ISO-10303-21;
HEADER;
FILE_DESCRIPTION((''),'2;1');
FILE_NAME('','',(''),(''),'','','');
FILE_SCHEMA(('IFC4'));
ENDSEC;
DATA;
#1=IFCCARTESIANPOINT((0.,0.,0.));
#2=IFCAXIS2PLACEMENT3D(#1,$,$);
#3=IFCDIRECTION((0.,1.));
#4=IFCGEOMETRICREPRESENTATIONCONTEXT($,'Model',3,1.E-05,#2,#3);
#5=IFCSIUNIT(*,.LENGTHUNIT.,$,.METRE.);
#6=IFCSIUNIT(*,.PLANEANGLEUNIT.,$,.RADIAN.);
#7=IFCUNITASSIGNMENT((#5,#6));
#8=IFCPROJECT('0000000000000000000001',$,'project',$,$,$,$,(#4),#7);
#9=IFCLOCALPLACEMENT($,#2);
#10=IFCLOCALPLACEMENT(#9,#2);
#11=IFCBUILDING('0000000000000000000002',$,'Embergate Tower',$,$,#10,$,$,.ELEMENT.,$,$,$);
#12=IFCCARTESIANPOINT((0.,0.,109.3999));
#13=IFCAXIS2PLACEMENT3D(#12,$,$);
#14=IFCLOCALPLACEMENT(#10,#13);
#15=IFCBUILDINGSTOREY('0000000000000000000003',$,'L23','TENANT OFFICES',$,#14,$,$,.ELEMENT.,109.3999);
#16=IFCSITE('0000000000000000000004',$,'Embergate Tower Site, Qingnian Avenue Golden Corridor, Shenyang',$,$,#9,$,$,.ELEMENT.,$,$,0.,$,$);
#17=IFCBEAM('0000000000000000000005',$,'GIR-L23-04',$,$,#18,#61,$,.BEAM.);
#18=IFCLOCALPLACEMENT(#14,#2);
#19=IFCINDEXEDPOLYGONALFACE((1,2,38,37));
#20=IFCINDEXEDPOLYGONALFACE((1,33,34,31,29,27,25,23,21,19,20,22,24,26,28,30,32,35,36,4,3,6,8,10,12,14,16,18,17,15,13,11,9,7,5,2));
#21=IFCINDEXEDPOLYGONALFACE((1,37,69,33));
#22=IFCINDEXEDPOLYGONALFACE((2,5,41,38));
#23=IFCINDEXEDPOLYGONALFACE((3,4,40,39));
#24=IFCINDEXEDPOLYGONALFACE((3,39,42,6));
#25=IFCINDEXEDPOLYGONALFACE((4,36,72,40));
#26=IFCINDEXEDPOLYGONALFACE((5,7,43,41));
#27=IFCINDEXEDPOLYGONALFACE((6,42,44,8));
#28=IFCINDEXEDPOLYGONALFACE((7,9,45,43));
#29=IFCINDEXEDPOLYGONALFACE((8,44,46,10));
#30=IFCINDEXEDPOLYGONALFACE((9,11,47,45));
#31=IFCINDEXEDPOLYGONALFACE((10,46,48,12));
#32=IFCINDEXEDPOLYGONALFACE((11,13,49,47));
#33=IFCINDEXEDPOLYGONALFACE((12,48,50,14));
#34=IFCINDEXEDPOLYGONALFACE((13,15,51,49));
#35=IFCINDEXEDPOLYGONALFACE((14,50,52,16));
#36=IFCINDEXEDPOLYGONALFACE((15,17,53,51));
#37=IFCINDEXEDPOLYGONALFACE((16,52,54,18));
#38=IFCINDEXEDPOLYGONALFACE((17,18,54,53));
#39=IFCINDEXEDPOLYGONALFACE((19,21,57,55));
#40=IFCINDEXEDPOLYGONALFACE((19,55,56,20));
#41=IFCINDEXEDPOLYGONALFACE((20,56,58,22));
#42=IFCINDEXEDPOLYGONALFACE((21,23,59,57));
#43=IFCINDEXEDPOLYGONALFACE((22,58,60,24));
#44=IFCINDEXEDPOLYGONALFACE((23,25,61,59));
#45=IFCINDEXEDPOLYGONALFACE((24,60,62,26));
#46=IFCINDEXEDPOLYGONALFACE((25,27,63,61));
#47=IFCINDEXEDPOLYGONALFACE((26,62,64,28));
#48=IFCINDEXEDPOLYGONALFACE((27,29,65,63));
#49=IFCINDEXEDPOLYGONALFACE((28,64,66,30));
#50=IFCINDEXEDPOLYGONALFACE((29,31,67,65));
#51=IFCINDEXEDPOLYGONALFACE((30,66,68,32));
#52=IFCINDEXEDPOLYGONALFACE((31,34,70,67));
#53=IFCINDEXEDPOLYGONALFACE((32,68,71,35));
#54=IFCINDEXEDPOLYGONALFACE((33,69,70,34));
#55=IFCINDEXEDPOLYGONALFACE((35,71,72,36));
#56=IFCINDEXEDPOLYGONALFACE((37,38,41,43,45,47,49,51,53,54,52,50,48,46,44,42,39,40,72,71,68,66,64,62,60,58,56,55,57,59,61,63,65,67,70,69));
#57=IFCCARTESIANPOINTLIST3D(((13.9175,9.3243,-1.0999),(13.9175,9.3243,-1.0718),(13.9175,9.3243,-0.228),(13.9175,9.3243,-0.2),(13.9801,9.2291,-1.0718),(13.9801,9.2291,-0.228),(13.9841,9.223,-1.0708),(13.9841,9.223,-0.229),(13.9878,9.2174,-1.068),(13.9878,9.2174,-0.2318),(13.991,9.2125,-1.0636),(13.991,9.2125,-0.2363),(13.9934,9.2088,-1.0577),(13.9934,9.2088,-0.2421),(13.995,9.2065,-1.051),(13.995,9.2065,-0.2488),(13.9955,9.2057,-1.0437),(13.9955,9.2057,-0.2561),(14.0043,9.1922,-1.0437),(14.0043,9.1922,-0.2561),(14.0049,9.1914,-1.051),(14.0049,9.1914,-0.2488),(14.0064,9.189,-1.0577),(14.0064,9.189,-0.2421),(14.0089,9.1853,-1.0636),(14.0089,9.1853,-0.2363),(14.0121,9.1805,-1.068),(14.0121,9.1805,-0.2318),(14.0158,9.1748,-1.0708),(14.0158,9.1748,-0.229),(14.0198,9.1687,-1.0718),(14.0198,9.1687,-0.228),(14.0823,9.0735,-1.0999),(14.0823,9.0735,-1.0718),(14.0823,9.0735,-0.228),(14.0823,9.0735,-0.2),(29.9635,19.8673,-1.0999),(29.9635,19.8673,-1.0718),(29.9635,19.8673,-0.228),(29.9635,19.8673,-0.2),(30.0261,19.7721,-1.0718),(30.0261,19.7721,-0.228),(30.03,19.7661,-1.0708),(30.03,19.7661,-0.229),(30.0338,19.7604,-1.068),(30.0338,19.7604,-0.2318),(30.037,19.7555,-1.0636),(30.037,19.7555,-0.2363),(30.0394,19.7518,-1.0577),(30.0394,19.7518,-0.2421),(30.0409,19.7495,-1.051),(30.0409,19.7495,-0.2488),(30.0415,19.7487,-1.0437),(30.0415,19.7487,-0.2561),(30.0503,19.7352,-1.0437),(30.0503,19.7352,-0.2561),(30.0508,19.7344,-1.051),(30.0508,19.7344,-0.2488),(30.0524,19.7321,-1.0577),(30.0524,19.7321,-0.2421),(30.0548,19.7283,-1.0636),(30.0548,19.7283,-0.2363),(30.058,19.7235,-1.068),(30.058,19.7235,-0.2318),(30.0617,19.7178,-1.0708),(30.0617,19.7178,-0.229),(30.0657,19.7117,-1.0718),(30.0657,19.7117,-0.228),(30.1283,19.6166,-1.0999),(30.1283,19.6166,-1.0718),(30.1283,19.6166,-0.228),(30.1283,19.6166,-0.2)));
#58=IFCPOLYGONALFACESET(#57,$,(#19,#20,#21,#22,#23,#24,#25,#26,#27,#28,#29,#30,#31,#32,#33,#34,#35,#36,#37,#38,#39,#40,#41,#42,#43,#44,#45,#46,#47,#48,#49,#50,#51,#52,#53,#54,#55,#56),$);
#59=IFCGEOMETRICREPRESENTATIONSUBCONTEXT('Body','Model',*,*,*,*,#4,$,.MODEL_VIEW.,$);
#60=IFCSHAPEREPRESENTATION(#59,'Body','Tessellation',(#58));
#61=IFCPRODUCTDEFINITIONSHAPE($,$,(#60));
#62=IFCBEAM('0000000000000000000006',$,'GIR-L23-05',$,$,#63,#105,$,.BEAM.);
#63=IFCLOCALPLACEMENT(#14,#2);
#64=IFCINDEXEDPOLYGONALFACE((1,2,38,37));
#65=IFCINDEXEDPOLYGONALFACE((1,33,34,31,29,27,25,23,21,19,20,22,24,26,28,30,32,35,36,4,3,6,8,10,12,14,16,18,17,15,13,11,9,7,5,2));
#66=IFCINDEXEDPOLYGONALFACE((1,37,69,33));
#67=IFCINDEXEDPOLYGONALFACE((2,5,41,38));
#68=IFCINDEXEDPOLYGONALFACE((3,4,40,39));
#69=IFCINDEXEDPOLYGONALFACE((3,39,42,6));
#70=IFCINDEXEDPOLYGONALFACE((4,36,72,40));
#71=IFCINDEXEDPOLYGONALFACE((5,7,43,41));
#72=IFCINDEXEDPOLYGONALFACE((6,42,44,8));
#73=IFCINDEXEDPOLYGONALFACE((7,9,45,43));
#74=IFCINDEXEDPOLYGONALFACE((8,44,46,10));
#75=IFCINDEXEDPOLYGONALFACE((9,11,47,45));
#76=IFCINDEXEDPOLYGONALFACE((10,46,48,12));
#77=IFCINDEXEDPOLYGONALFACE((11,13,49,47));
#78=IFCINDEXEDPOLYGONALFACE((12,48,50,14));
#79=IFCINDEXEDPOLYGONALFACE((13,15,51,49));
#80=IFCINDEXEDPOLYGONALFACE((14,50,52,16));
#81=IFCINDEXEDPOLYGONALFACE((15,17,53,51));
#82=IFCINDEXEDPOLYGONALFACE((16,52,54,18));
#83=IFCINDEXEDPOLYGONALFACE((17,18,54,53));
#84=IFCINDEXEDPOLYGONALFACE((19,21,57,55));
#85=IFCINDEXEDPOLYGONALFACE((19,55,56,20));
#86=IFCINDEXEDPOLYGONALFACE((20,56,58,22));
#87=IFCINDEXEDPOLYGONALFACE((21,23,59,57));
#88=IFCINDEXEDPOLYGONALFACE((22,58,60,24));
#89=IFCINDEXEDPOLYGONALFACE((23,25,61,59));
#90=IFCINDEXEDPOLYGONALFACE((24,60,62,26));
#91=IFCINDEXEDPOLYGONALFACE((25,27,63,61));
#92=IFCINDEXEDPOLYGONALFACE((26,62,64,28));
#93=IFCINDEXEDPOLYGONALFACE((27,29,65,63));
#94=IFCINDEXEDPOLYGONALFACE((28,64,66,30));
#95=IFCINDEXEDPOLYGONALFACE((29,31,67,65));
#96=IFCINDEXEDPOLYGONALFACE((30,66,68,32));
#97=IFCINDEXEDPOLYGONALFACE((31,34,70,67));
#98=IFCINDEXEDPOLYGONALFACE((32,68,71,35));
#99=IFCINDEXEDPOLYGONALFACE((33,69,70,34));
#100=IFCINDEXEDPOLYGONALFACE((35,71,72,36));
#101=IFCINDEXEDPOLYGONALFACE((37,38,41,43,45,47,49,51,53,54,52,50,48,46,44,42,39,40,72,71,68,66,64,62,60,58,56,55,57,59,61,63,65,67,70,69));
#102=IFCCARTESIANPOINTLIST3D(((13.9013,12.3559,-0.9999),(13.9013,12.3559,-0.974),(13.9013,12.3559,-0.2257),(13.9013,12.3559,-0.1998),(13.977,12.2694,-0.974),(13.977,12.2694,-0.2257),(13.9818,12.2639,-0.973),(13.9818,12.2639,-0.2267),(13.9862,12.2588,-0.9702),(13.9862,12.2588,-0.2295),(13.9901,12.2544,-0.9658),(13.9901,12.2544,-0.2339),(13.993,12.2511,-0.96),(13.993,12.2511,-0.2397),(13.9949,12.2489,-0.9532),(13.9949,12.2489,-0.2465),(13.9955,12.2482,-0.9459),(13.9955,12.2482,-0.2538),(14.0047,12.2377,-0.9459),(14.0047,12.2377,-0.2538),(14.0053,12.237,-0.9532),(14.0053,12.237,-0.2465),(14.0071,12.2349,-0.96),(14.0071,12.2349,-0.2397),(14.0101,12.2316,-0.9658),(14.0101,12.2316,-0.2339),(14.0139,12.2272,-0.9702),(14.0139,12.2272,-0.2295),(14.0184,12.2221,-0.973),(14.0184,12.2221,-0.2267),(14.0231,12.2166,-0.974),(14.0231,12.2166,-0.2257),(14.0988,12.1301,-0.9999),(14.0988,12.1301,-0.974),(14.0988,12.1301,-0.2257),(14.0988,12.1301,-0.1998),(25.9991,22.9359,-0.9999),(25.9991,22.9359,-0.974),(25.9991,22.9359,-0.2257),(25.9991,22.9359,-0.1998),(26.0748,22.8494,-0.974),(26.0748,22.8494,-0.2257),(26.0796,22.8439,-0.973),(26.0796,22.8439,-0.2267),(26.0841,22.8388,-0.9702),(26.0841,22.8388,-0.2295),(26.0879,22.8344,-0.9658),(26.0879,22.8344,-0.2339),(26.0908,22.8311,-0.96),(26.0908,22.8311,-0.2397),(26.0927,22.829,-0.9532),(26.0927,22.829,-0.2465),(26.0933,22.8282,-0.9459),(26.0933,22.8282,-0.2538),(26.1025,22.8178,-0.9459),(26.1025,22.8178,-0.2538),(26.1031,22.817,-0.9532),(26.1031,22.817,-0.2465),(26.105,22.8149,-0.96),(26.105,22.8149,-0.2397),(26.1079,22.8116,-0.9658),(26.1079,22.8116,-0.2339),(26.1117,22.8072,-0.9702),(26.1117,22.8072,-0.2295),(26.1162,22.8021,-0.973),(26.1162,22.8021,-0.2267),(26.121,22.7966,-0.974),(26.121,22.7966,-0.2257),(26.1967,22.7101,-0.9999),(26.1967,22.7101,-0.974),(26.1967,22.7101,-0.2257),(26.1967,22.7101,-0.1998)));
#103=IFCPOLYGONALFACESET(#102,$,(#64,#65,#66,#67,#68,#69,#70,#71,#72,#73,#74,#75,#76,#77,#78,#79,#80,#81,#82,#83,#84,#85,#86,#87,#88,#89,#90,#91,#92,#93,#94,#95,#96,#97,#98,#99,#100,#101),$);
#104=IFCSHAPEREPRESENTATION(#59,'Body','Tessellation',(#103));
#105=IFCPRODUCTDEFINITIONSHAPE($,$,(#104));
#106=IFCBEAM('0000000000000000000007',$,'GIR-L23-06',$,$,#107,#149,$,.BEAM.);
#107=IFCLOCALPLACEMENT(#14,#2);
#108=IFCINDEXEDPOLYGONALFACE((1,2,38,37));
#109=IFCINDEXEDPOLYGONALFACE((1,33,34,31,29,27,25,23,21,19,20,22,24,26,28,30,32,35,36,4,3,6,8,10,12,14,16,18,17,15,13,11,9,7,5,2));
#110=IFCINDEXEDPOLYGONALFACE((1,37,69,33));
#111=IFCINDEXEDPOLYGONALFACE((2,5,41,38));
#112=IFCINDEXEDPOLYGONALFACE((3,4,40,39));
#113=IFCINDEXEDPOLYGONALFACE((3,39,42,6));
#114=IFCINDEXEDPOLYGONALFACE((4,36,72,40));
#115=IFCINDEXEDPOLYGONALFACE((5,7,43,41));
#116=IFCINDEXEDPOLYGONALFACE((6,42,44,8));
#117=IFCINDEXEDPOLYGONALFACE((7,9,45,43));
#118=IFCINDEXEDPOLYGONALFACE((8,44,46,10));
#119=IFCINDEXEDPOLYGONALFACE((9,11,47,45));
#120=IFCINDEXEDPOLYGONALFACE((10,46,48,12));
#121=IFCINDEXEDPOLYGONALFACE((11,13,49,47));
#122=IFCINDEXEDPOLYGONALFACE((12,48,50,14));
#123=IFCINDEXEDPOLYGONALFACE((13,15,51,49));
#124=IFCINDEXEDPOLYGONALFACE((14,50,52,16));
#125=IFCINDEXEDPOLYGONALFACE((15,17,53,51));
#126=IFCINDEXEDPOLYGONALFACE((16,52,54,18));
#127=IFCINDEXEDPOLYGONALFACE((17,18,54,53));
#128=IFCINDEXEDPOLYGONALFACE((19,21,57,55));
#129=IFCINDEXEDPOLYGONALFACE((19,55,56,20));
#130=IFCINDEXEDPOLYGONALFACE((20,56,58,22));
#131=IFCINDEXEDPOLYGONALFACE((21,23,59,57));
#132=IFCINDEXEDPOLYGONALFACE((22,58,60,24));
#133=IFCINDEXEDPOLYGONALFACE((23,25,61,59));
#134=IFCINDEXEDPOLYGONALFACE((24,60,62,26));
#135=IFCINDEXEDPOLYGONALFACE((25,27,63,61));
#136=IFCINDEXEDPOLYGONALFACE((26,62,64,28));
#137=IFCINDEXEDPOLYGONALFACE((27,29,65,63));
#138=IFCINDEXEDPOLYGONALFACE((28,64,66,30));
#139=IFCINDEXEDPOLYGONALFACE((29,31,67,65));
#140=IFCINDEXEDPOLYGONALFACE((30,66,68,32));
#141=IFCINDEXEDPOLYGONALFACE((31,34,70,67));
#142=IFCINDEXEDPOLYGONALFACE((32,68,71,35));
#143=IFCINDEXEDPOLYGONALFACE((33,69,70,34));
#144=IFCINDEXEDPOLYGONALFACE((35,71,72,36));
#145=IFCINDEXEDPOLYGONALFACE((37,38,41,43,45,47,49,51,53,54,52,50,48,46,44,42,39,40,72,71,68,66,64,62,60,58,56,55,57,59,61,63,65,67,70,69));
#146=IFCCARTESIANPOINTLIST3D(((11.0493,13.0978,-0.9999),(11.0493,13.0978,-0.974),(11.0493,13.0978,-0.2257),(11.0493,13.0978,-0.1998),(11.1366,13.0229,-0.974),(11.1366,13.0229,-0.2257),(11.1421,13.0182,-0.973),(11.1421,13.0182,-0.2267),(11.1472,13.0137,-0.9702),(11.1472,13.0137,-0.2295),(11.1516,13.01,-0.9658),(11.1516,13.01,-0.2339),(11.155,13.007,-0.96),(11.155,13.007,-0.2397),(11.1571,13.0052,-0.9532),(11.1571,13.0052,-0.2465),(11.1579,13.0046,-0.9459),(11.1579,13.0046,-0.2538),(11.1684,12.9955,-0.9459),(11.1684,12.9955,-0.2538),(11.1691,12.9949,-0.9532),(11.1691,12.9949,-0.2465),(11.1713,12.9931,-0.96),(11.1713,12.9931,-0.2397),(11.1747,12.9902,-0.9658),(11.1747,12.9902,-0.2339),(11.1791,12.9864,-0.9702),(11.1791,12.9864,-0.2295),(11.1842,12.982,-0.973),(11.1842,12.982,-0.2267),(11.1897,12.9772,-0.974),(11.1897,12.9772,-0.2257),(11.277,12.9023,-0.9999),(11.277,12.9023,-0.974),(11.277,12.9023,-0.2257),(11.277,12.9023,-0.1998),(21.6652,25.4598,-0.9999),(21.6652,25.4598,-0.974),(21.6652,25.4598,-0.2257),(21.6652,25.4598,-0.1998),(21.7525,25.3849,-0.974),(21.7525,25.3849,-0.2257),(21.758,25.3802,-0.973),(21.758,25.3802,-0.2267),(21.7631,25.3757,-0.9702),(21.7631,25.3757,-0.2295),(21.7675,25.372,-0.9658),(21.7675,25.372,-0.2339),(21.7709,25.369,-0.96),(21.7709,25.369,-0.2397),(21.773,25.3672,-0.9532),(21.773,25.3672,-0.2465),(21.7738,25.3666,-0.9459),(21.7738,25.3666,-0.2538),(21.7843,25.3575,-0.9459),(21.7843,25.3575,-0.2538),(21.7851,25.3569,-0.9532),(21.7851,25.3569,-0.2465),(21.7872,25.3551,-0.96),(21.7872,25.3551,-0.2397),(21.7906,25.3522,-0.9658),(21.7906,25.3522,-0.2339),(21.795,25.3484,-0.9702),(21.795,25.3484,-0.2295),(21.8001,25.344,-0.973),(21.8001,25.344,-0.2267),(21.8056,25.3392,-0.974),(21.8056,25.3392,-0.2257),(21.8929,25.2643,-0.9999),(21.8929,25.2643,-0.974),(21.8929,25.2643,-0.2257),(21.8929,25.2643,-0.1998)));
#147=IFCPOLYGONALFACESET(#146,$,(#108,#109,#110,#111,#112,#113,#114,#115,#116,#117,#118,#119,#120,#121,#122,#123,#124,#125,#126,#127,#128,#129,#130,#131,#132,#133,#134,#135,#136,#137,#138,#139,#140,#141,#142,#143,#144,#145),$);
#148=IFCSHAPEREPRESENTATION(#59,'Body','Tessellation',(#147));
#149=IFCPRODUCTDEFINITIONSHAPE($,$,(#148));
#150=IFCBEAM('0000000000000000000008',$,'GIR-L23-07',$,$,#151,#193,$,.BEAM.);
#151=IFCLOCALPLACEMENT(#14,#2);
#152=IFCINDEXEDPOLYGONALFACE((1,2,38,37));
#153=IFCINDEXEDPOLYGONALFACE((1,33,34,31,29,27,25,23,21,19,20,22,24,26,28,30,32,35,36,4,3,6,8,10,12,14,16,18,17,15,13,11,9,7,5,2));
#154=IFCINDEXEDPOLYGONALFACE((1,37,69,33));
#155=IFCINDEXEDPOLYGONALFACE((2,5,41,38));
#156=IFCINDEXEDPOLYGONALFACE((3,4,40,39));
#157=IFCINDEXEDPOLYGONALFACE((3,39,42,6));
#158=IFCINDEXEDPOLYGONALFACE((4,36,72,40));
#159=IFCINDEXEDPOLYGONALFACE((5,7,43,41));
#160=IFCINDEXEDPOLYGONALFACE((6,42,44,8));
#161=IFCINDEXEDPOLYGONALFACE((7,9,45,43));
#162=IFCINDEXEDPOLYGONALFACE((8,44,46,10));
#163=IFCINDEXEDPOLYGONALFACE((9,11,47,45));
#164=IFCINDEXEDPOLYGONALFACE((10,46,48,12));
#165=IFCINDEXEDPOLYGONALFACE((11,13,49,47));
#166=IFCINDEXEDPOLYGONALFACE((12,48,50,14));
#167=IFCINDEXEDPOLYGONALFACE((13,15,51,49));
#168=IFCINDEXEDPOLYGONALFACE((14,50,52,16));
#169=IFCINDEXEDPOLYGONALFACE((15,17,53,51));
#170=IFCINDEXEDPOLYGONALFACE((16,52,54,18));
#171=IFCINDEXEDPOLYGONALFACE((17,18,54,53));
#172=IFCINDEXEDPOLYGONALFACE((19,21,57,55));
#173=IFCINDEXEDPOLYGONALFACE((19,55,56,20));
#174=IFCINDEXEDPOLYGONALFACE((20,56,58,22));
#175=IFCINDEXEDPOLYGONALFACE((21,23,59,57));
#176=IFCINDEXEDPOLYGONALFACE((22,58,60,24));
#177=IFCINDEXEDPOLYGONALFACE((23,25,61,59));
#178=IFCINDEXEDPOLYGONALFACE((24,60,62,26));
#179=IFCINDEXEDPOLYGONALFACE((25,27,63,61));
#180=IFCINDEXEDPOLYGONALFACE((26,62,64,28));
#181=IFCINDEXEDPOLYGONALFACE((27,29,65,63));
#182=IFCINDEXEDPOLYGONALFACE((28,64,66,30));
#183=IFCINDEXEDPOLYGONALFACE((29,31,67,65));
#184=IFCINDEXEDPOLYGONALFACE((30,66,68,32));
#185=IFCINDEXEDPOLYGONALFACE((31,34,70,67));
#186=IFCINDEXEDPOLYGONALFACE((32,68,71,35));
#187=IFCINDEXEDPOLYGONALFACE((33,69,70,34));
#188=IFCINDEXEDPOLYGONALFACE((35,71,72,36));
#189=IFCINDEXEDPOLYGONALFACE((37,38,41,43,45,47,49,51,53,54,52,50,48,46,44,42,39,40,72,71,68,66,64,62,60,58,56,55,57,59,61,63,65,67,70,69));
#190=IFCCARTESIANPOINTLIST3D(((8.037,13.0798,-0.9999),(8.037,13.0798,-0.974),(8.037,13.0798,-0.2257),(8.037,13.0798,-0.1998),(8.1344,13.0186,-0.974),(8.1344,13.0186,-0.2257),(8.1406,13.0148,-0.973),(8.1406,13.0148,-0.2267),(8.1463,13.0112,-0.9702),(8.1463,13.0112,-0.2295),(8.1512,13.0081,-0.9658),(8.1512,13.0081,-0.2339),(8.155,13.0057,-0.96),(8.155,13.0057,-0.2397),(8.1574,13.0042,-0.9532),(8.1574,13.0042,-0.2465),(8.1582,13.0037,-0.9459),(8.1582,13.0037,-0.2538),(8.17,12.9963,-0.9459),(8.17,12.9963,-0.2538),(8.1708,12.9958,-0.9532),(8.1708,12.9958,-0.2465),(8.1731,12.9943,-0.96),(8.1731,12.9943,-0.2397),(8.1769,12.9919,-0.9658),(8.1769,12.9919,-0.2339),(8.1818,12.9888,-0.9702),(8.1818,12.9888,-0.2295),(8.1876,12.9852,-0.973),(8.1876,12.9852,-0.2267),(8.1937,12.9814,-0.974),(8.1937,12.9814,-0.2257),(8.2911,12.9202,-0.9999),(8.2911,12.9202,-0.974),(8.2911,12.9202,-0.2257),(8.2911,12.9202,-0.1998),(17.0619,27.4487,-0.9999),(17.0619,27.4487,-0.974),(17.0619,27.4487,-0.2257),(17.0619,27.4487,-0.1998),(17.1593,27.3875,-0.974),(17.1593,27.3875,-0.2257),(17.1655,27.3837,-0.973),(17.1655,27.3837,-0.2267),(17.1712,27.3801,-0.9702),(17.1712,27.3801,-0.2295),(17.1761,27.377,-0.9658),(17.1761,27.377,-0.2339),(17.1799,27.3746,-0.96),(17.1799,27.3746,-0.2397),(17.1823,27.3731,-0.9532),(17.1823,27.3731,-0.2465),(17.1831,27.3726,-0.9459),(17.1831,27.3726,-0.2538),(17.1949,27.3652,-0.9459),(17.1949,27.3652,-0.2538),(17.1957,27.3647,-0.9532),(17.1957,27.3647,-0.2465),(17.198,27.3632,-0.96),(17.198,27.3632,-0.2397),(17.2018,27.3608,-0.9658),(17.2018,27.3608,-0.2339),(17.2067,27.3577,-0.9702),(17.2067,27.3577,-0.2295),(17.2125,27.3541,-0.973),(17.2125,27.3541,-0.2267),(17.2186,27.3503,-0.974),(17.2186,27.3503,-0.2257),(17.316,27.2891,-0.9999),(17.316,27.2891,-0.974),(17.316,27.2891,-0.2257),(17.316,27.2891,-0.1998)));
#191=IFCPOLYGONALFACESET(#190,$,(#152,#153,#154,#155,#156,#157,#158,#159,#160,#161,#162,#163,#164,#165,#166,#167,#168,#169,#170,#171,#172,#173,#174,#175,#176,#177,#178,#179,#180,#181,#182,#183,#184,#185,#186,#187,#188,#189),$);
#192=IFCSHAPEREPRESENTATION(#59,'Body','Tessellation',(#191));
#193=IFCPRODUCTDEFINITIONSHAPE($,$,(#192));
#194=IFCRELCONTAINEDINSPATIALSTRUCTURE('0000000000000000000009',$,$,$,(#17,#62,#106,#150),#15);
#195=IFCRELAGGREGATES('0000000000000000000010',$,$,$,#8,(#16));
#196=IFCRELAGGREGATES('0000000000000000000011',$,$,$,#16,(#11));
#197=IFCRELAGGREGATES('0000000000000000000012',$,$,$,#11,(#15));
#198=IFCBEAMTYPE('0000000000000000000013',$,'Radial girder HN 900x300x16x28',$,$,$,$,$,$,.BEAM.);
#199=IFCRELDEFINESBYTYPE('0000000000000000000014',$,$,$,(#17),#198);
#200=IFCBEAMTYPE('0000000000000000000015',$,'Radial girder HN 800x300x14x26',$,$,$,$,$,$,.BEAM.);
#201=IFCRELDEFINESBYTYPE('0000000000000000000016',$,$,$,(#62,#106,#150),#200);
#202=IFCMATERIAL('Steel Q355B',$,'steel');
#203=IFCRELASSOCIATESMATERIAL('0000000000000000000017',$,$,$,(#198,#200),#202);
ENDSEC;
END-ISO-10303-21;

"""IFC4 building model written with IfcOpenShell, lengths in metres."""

from ifc_helpers import new_model, si_unit, direction, frame, origin, origin_2d, place, context, subcontext, project, spatial, i_section, extrude, source, transform, mapped, material, material_profile, profile_set, type_object, element, save


model = new_model("IFC4")

# Units and contexts
model_context = context("Model", 3, precision=1e-05, world=origin(), true_north=direction((0.0, 1.0)))
body_context = subcontext(model_context, "Body", "Model", "MODEL_VIEW")
ifc_project = project(units=[si_unit("LENGTHUNIT", "METRE"), si_unit("PLANEANGLEUNIT", "RADIAN")], contexts=[model_context])

# Site, building, storey
site_placement = place(None, origin())
site = spatial("IfcSite", under=ifc_project, at=site_placement, Name="Embergate Tower Site, Qingnian Avenue Golden Corridor, Shenyang", CompositionType="ELEMENT", RefElevation=0.0)
building_placement = place(site_placement, origin())
building = spatial("IfcBuilding", under=site, at=building_placement, Name="Embergate Tower", CompositionType="ELEMENT")
storey_placement = place(building_placement, frame((0.0, 0.0, 109.3999)))
storey = spatial("IfcBuildingStorey", under=building, at=storey_placement, Name="L23", Description="TENANT OFFICES", CompositionType="ELEMENT", Elevation=109.3999)

# Beams
ifc_material_1 = material(Name="Steel Q355B", Category="steel")
ifc_material_profile_1 = material_profile(ifc_material_1, i_section(OverallWidth=0.3, OverallDepth=0.8999, WebThickness=0.0161, FlangeThickness=0.0281, FilletRadius=0.0281, at=origin_2d()), Name="HN 900x300x16x28")
ifc_profile_set_1 = profile_set([ifc_material_profile_1], Name="Steel Q355 grade B")
beam_type_1 = type_object("IfcBeamType", Name="Radial girder HN 900x300x16x28", PredefinedType="BEAM", material=ifc_profile_set_1)
shared_shape_1 = source(origin(), body_context, "Body", "SweptSolid", [
    extrude(i_section(OverallWidth=0.3, OverallDepth=0.8999, WebThickness=0.0161, FlangeThickness=0.0281, FilletRadius=0.0281, at=origin_2d()), origin(), (0.0, 0.0, 1.0), 19.1997),
])
beam_1_placement = place(storey_placement, frame((30.0459, 19.7419, -0.6499), z_axis=(-0.835741, -0.549124, 0.0), x_axis=(0.549124, -0.835741, 0.0)))
element("IfcBeam", 1, at=beam_1_placement, inside=storey, type_object=beam_type_1, Name="GIR-L23-04", PredefinedType="BEAM", context=body_context, shape_type="MappedRepresentation", body=[
    mapped(shared_shape_1, transform((0.0, 0.0, 0.0))),
])
ifc_material_profile_2 = material_profile(ifc_material_1, i_section(OverallWidth=0.3, OverallDepth=0.8, WebThickness=0.0139, FlangeThickness=0.0259, FilletRadius=0.0281, at=origin_2d()), Name="HN 800x300x14x26")
ifc_profile_set_2 = profile_set([ifc_material_profile_2], Name="Steel Q355 grade B")
beam_type_2 = type_object("IfcBeamType", Name="Radial girder HN 800x300x14x26", PredefinedType="BEAM", material=ifc_profile_set_2)
shared_shape_2 = source(origin(), body_context, "Body", "SweptSolid", [
    extrude(i_section(OverallWidth=0.3, OverallDepth=0.8, WebThickness=0.0139, FlangeThickness=0.0259, FilletRadius=0.0281, at=origin_2d()), origin(), (0.0, 0.0, 1.0), 16.0715),
])
beam_2_placement = place(storey_placement, frame((26.0979, 22.823, -0.5999), z_axis=(-0.752749, -0.658308, 0.0), x_axis=(0.658308, -0.752749, 0.0)))
element("IfcBeam", 2, at=beam_2_placement, inside=storey, type_object=beam_type_2, Name="GIR-L23-05", PredefinedType="BEAM", context=body_context, shape_type="MappedRepresentation", body=[
    mapped(shared_shape_2, transform((0.0, 0.0, 0.0))),
])
shared_shape_3 = source(origin(), body_context, "Body", "SweptSolid", [
    extrude(i_section(OverallWidth=0.3, OverallDepth=0.8, WebThickness=0.0139, FlangeThickness=0.0259, FilletRadius=0.0281, at=origin_2d()), origin(), (0.0, 0.0, 1.0), 16.2947),
])
beam_3_placement = place(storey_placement, frame((21.7791, 25.3621, -0.5999), z_axis=(-0.651496, -0.758652, 0.0), x_axis=(0.758652, -0.651496, 0.0)))
element("IfcBeam", 3, at=beam_3_placement, inside=storey, type_object=beam_type_2, Name="GIR-L23-06", PredefinedType="BEAM", context=body_context, shape_type="MappedRepresentation", body=[
    mapped(shared_shape_3, transform((0.0, 0.0, 0.0))),
])
shared_shape_4 = source(origin(), body_context, "Body", "SweptSolid", [
    extrude(i_section(OverallWidth=0.3, OverallDepth=0.8, WebThickness=0.0139, FlangeThickness=0.0259, FilletRadius=0.0281, at=origin_2d()), origin(), (0.0, 0.0, 1.0), 16.968),
])
beam_4_placement = place(storey_placement, frame((17.189, 27.3689, -0.5999), z_axis=(-0.531877, -0.846822, 0.0), x_axis=(0.846822, -0.531877, 0.0)))
element("IfcBeam", 4, at=beam_4_placement, inside=storey, type_object=beam_type_2, Name="GIR-L23-07", PredefinedType="BEAM", context=body_context, shape_type="MappedRepresentation", body=[
    mapped(shared_shape_4, transform((0.0, 0.0, 0.0))),
])

save(model, "model.ifc")
